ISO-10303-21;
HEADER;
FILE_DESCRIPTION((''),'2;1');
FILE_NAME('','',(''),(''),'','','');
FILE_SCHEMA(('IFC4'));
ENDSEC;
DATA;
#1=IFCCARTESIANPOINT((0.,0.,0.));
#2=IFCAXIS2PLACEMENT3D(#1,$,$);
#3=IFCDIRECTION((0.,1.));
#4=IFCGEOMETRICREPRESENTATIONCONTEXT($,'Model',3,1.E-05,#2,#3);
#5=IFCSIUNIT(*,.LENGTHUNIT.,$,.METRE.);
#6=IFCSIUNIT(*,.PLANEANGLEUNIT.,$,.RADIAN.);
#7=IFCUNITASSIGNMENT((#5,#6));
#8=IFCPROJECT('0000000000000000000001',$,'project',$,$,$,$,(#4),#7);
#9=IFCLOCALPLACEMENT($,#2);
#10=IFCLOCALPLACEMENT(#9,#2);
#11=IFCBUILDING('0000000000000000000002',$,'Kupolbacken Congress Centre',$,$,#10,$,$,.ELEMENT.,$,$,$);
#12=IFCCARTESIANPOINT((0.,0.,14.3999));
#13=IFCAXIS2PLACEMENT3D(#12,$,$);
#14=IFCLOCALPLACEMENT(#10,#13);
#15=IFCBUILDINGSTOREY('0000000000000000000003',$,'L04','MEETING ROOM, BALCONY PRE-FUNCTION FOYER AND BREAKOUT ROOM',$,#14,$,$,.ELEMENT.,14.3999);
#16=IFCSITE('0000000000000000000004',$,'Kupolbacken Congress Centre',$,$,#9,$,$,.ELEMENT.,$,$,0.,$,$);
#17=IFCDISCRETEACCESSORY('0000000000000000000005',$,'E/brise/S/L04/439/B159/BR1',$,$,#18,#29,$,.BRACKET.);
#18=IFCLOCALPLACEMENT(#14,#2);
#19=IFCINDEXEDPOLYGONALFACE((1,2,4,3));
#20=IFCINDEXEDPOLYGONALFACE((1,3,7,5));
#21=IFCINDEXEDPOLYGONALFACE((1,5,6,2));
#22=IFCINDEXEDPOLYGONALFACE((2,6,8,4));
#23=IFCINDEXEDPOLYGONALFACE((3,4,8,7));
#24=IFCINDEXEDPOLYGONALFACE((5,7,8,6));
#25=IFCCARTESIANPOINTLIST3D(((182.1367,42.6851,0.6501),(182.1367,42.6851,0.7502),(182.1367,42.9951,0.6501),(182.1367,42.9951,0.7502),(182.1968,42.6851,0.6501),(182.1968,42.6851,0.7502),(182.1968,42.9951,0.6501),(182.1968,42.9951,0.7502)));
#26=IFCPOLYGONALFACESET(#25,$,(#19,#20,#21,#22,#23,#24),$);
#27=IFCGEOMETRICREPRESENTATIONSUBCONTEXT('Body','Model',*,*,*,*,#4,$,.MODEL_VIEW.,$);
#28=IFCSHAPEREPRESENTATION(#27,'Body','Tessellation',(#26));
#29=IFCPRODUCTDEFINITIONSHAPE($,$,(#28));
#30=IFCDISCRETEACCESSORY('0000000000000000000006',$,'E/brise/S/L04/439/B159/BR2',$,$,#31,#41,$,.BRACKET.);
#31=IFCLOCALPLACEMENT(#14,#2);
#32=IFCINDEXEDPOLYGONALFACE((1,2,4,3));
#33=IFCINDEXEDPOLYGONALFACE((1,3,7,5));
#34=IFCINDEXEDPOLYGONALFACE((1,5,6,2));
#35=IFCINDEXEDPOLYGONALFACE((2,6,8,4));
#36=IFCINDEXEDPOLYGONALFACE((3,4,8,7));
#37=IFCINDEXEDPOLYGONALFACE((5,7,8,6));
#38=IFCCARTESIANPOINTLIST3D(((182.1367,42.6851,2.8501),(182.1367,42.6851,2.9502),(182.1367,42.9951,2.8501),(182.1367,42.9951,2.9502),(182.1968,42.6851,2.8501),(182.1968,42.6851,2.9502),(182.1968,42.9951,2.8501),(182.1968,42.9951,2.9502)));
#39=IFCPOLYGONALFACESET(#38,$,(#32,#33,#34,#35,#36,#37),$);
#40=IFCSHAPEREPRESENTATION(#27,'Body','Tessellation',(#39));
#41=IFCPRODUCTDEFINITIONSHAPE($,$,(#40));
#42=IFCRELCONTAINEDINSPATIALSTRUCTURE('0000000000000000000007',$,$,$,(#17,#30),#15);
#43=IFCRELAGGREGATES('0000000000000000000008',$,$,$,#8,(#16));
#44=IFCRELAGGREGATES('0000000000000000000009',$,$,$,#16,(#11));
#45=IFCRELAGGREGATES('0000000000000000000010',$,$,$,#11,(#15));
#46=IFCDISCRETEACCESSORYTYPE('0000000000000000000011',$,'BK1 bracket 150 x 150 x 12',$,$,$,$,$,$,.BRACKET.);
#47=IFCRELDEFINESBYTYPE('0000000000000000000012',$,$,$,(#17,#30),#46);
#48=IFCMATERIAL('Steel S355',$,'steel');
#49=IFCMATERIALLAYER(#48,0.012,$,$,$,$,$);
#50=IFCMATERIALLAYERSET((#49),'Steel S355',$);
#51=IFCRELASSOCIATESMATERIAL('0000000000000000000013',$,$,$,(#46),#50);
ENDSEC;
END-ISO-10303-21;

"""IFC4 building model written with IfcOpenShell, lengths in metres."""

from ifc_helpers import new_model, si_unit, direction, frame, origin, origin_2d, place, context, subcontext, project, spatial, rectangle, extrude, material, layer, layer_set, type_object, element, save


model = new_model("IFC4")

# Units and contexts
model_context = context("Model", 3, precision=1e-05, world=origin(), true_north=direction((0.0, 1.0)))
body_context = subcontext(model_context, "Body", "Model", "MODEL_VIEW")
ifc_project = project(units=[si_unit("LENGTHUNIT", "METRE"), si_unit("PLANEANGLEUNIT", "RADIAN")], contexts=[model_context])

# Site, building, storey
site_placement = place(None, origin())
site = spatial("IfcSite", under=ifc_project, at=site_placement, Name="Kupolbacken Congress Centre", CompositionType="ELEMENT", RefElevation=0.0)
building_placement = place(site_placement, origin())
building = spatial("IfcBuilding", under=site, at=building_placement, Name="Kupolbacken Congress Centre", CompositionType="ELEMENT")
storey_placement = place(building_placement, frame((0.0, 0.0, 14.3999)))
storey = spatial("IfcBuildingStorey", under=building, at=storey_placement, Name="L04", Description="MEETING ROOM, BALCONY PRE-FUNCTION FOYER AND BREAKOUT ROOM", CompositionType="ELEMENT", Elevation=14.3999)

# Discrete accessories
ifc_material_1 = material(Name="Steel S355", Category="steel")
ifc_layer_1 = layer(ifc_material_1, 0.012)
ifc_layer_set_1 = layer_set([ifc_layer_1], Name="Steel S355")
discrete_accessory_type = type_object("IfcDiscreteAccessoryType", Name="BK1 bracket 150 x 150 x 12", PredefinedType="BRACKET", material=ifc_layer_set_1)
for number, where, z_axis, x_axis, name in (
    (1, (182.1667, 42.8401, 0.6501), (0.0, 0.0, 1.0), (1.0, 0.0, 0.0), "E/brise/S/L04/439/B159/BR1"),
    (2, (182.1667, 42.8401, 2.8501), (0.0, 0.0, 1.0), (1.0, 0.0, 0.0), "E/brise/S/L04/439/B159/BR2"),
):
    element("IfcDiscreteAccessory", number, at=place(storey_placement, frame(where, z_axis=z_axis, x_axis=x_axis)), inside=storey, type_object=discrete_accessory_type, Name=name, PredefinedType="BRACKET", context=body_context, shape_type="SweptSolid", body=[
        extrude(rectangle(XDim=0.0601, YDim=0.3101, at=origin_2d()), origin(), (0.0, 0.0, 1.0), 0.1001),
    ])

save(model, "model.ifc")
